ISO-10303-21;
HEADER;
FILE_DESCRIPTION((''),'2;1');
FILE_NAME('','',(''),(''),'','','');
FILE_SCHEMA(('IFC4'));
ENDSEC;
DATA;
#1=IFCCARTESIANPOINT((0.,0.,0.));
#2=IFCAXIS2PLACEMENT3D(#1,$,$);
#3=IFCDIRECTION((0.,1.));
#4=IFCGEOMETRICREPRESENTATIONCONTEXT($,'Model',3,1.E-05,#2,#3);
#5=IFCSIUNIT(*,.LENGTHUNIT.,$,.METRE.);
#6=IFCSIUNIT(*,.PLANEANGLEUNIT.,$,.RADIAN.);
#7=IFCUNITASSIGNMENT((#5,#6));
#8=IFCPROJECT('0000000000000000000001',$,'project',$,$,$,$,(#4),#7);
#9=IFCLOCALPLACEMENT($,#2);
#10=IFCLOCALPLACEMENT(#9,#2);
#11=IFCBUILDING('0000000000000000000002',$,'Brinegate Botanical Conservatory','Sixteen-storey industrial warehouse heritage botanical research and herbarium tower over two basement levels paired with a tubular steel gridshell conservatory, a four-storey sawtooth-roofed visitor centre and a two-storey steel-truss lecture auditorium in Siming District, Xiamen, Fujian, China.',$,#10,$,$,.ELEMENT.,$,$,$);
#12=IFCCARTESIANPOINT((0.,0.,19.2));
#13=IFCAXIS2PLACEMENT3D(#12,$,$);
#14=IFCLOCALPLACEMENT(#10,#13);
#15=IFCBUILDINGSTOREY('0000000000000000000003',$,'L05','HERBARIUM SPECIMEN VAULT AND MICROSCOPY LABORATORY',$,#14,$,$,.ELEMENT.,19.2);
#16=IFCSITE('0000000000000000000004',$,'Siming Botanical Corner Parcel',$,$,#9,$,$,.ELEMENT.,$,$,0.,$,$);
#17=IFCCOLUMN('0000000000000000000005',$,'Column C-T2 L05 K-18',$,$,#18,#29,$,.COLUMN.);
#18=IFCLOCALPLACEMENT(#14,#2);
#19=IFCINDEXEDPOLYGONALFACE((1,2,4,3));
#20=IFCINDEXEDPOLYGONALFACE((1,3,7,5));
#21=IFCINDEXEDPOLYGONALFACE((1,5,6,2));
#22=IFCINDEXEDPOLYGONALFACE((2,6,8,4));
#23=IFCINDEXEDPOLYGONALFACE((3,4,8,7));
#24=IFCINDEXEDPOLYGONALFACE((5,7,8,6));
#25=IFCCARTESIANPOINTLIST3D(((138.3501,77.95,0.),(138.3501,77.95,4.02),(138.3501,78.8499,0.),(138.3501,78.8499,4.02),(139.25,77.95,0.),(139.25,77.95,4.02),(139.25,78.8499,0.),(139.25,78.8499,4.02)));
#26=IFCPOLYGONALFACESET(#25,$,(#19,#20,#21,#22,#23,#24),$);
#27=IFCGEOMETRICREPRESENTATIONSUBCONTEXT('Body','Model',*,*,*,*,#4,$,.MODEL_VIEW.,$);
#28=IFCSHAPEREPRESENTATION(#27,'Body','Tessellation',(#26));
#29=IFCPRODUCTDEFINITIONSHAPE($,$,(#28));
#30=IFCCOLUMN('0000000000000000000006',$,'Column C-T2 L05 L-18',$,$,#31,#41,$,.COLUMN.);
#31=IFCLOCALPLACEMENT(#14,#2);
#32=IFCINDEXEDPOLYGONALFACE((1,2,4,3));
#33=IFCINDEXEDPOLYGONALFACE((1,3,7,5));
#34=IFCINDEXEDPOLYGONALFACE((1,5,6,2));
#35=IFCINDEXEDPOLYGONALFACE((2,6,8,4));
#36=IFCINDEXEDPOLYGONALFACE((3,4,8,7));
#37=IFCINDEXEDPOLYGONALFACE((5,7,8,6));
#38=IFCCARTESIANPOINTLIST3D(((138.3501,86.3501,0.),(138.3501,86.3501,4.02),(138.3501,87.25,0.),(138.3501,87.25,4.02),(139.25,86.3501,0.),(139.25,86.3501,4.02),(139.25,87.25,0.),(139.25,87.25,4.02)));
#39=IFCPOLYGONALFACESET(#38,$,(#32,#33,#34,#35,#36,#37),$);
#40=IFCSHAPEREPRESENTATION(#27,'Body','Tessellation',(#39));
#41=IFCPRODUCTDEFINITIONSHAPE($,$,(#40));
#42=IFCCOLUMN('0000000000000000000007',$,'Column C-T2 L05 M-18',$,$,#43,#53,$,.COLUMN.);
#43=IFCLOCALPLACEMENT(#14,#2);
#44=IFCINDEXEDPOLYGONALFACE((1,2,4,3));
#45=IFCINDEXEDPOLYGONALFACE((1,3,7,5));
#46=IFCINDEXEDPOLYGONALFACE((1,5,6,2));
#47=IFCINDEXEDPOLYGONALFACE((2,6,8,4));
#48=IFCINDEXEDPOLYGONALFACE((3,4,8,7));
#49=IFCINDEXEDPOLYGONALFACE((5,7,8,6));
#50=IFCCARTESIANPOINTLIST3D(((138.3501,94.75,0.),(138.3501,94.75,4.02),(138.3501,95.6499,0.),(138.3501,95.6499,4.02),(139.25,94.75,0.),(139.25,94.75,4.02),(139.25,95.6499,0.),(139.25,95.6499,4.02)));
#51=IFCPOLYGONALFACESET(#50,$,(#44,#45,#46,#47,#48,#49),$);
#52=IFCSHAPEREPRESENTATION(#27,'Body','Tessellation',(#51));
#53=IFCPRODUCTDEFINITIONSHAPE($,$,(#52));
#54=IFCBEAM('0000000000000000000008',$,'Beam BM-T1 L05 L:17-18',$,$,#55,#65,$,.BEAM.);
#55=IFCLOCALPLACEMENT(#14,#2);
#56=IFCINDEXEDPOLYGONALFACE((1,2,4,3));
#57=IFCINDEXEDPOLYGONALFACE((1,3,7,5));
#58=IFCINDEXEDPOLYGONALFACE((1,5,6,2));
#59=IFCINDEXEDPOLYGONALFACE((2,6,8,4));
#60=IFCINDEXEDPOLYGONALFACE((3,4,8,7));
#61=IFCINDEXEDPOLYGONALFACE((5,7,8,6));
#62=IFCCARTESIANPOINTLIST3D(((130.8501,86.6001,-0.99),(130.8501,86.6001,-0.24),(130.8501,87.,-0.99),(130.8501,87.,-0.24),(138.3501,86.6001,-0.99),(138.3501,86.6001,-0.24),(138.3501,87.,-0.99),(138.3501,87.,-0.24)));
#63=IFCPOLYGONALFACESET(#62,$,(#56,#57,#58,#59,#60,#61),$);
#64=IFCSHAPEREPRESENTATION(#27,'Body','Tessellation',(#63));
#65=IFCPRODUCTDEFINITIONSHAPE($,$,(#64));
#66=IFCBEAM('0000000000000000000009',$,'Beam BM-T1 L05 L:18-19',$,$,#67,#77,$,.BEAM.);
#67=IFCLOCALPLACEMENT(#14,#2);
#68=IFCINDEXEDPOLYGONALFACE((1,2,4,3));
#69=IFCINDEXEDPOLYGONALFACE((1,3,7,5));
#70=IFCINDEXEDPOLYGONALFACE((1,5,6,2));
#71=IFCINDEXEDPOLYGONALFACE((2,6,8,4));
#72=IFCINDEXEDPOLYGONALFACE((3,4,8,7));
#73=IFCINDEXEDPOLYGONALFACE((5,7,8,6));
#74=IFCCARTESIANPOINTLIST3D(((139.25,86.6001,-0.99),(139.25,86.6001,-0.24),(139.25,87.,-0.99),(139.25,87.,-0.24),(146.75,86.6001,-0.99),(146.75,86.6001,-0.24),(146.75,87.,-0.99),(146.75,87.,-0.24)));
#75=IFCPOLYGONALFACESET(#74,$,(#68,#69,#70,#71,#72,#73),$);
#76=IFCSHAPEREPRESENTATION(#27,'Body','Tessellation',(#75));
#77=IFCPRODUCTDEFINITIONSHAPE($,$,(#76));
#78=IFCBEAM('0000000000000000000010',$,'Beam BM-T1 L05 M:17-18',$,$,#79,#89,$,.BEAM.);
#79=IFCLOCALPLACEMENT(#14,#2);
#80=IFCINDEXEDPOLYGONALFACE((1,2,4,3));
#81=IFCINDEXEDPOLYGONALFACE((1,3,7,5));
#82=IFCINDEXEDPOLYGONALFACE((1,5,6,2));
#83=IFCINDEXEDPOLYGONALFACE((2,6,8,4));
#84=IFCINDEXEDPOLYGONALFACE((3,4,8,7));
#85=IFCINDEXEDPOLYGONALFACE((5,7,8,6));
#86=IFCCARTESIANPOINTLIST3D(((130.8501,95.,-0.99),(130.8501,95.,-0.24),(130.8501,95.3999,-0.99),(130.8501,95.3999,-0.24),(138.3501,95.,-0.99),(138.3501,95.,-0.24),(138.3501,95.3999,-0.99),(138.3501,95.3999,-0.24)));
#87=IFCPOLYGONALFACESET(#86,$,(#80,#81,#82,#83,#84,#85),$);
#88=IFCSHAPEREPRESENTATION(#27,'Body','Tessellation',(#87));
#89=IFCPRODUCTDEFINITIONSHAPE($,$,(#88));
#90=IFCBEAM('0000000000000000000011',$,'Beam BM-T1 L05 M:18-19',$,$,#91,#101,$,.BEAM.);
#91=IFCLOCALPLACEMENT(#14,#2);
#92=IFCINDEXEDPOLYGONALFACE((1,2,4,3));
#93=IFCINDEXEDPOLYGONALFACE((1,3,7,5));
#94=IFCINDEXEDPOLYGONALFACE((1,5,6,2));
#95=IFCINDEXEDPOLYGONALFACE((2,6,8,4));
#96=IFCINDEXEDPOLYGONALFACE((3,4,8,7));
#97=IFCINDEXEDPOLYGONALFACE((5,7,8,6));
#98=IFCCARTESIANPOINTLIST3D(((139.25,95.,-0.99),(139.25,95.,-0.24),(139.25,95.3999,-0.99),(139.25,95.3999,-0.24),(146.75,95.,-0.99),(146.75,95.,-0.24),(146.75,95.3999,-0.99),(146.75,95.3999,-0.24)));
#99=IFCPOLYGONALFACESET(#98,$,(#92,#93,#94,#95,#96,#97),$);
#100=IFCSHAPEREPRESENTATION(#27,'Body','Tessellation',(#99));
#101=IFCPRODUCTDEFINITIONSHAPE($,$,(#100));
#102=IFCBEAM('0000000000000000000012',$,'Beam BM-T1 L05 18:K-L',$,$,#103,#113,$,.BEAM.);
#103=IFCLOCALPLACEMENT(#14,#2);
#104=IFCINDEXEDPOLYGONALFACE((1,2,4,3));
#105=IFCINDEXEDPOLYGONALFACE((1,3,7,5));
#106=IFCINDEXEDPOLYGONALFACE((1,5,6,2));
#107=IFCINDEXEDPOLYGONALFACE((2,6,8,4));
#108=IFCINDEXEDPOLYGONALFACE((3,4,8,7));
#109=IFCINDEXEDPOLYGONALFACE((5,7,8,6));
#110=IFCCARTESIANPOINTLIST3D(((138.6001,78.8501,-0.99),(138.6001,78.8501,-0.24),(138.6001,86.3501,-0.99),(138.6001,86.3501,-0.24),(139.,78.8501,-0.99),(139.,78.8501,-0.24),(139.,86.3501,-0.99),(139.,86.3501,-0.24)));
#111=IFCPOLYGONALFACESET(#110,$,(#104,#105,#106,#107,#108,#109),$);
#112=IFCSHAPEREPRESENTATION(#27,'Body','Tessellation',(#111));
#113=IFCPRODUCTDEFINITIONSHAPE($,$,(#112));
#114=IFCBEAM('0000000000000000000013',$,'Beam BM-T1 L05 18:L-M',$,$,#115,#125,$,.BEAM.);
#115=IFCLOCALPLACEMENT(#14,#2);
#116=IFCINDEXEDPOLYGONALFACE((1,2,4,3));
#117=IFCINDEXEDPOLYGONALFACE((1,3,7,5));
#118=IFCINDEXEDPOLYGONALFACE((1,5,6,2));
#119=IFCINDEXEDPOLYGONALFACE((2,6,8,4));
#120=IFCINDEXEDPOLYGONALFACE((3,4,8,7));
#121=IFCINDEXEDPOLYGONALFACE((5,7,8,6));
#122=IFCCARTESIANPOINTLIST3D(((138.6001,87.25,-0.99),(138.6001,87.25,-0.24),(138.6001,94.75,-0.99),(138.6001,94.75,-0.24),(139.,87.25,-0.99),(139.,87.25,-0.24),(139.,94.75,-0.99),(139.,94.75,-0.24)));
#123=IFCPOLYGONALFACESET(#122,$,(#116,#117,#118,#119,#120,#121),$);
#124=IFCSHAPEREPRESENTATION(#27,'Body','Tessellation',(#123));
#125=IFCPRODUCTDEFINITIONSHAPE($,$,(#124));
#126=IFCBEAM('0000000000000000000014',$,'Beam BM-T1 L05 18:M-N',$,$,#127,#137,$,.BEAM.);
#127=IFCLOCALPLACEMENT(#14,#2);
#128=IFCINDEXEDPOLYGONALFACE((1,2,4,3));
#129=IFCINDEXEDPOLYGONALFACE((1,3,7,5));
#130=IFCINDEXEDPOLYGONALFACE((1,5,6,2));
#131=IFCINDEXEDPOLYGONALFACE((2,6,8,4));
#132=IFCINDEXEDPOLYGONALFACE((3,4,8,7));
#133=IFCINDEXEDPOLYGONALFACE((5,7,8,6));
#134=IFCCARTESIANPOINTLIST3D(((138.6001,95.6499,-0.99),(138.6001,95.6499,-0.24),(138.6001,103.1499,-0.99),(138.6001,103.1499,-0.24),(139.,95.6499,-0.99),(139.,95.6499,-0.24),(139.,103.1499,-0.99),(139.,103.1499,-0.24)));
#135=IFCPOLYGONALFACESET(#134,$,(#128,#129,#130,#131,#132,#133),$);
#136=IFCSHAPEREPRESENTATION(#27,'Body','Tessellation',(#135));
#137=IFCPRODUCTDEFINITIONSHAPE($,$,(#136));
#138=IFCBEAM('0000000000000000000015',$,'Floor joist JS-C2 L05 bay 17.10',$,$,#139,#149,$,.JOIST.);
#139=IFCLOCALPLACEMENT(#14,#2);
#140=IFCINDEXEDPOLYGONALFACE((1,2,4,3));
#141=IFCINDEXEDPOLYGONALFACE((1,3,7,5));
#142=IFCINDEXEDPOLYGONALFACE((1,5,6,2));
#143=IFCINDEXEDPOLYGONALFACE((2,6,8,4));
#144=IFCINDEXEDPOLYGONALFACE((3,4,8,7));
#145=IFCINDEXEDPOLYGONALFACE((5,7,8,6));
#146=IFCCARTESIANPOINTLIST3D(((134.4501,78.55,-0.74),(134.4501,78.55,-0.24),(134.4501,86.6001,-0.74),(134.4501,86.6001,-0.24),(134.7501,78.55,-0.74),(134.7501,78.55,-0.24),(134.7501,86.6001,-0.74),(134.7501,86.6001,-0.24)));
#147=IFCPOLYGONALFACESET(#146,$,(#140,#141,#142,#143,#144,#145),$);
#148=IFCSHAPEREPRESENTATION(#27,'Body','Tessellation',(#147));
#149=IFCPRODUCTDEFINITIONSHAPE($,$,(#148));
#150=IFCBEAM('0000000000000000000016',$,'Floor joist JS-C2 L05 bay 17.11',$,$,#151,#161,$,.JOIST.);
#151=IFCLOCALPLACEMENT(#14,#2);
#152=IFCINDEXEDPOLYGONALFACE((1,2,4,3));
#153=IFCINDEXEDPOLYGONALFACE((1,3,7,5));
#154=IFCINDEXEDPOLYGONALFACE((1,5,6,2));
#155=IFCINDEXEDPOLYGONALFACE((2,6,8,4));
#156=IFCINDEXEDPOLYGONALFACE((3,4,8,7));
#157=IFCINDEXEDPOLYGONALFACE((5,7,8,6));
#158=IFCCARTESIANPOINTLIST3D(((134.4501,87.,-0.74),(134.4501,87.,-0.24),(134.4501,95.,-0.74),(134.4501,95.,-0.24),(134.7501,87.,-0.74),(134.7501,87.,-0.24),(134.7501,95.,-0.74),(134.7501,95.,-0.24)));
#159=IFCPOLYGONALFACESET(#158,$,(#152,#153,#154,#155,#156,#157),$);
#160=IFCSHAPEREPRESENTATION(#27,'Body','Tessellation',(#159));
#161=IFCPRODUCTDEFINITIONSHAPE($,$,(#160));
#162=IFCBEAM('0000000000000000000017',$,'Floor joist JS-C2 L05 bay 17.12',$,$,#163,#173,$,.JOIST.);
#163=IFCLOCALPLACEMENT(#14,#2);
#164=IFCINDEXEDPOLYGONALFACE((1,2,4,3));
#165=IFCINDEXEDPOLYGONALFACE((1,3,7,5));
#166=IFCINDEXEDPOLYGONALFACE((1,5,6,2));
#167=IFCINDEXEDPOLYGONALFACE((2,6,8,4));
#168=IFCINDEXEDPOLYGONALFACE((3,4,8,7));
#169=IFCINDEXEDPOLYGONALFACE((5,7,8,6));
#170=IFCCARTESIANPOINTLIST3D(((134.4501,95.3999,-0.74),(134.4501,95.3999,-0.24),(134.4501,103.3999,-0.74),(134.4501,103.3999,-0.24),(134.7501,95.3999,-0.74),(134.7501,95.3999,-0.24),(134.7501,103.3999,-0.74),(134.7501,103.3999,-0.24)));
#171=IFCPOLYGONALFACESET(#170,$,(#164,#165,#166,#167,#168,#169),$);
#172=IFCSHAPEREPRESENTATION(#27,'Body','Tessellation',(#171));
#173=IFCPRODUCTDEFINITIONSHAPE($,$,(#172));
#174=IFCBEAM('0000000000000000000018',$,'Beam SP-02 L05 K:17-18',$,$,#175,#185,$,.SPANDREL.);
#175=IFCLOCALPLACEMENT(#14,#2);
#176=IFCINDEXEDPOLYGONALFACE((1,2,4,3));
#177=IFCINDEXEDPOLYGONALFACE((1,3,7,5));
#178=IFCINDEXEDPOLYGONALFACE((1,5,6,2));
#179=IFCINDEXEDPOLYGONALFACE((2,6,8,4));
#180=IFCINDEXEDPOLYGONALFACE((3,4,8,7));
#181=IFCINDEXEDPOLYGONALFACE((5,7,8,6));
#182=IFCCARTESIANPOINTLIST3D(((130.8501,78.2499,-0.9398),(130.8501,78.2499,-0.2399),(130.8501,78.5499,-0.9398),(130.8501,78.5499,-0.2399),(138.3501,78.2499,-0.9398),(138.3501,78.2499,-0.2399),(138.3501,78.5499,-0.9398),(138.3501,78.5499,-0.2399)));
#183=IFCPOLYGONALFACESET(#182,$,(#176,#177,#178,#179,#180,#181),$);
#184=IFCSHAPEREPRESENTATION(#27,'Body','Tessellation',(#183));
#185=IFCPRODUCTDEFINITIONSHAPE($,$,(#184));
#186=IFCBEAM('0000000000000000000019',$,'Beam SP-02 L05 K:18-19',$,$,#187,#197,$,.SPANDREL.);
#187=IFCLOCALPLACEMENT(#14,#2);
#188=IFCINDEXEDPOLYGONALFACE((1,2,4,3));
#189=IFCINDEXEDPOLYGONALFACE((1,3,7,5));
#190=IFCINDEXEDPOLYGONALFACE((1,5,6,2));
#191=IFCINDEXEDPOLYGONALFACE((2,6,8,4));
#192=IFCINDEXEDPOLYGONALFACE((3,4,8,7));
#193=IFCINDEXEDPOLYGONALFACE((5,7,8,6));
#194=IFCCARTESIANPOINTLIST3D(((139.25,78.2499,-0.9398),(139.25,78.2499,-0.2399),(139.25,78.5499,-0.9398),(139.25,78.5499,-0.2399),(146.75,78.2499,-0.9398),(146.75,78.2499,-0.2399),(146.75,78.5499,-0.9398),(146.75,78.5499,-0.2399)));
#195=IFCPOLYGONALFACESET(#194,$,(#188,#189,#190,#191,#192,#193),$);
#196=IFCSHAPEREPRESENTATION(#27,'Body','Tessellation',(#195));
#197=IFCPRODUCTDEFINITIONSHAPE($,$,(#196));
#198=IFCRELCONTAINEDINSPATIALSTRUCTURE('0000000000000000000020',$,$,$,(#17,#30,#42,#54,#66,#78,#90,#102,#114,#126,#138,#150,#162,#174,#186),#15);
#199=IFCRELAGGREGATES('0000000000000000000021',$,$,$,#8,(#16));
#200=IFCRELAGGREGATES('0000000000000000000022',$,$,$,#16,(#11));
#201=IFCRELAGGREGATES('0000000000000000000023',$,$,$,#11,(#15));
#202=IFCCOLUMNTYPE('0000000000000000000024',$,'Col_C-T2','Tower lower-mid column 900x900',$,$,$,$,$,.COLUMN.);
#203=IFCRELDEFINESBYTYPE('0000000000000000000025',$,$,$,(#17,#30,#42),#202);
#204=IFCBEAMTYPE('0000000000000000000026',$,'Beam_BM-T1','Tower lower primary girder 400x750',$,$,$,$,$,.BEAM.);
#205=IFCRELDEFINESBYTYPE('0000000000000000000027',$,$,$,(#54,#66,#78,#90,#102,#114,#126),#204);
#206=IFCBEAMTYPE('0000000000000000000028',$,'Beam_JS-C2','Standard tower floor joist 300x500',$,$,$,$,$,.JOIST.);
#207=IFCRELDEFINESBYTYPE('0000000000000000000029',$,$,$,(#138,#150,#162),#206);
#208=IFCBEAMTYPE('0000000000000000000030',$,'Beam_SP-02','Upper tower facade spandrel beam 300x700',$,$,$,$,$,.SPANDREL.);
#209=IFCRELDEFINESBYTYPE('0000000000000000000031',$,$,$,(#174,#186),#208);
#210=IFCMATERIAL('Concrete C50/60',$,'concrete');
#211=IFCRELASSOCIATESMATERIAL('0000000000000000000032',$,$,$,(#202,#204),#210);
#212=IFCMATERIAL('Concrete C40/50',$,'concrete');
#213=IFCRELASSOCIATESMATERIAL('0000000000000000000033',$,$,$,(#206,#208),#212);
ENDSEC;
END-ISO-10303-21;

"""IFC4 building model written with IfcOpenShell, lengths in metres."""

from ifc_helpers import new_model, si_unit, direction, frame, origin, origin_2d, place, context, subcontext, project, spatial, rectangle, extrude, material, material_profile, profile_set, type_object, element, save


model = new_model("IFC4")

# Units and contexts
model_context = context("Model", 3, precision=1e-05, world=origin(), true_north=direction((0.0, 1.0)))
body_context = subcontext(model_context, "Body", "Model", "MODEL_VIEW")
ifc_project = project(units=[si_unit("LENGTHUNIT", "METRE"), si_unit("PLANEANGLEUNIT", "RADIAN")], contexts=[model_context])

# Site, building, storey
site_placement = place(None, origin())
site = spatial("IfcSite", under=ifc_project, at=site_placement, Name="Siming Botanical Corner Parcel", CompositionType="ELEMENT", RefElevation=0.0)
building_placement = place(site_placement, origin())
building = spatial("IfcBuilding", under=site, at=building_placement, Name="Brinegate Botanical Conservatory", Description="Sixteen-storey industrial warehouse heritage botanical research and herbarium tower over two basement levels paired with a tubular steel gridshell conservatory, a four-storey sawtooth-roofed visitor centre and a two-storey steel-truss lecture auditorium in Siming District, Xiamen, Fujian, China.", CompositionType="ELEMENT")
storey_placement = place(building_placement, frame((0.0, 0.0, 19.2)))
storey = spatial("IfcBuildingStorey", under=building, at=storey_placement, Name="L05", Description="HERBARIUM SPECIMEN VAULT AND MICROSCOPY LABORATORY", CompositionType="ELEMENT", Elevation=19.2)

# Columns
ifc_material_1 = material(Name="Concrete C50/60", Category="concrete")
ifc_material_profile_1 = material_profile(ifc_material_1, rectangle(XDim=0.8999, YDim=0.8999, at=origin_2d()), Name="RC COL 900x900")
ifc_profile_set_1 = profile_set([ifc_material_profile_1], Name="Concrete C50/60")
column_type = type_object("IfcColumnType", Name="Col_C-T2", Description="Tower lower-mid column 900x900", PredefinedType="COLUMN", material=ifc_profile_set_1)
for number, where, z_axis, x_axis, name in (
    (1, (138.8, 78.3999, 0.0), (0.0, 0.0, 1.0), (1.0, 0.0, 0.0), "Column C-T2 L05 K-18"),
    (2, (138.8, 86.8, 0.0), (0.0, 0.0, 1.0), (1.0, 0.0, 0.0), "Column C-T2 L05 L-18"),
    (3, (138.8, 95.2, 0.0), (0.0, 0.0, 1.0), (1.0, 0.0, 0.0), "Column C-T2 L05 M-18"),
):
    element("IfcColumn", number, at=place(storey_placement, frame(where, z_axis=z_axis, x_axis=x_axis)), inside=storey, type_object=column_type, Name=name, PredefinedType="COLUMN", context=body_context, shape_type="SweptSolid", body=[
        extrude(rectangle(XDim=0.8999, YDim=0.8999, at=origin_2d()), origin(), (0.0, 0.0, 1.0), 4.02),
    ])

# Beams
ifc_material_profile_2 = material_profile(ifc_material_1, rectangle(XDim=0.3999, YDim=0.75, at=origin_2d()), Name="RC BM 400x750")
ifc_profile_set_2 = profile_set([ifc_material_profile_2], Name="Concrete C50/60")
beam_type_1 = type_object("IfcBeamType", Name="Beam_BM-T1", Description="Tower lower primary girder 400x750", PredefinedType="BEAM", material=ifc_profile_set_2)
for number, where, z_axis, x_axis, name in (
    (4, (130.8501, 86.8, -0.615), (1.0, 0.0, 0.0), (0.0, 1.0, 0.0), "Beam BM-T1 L05 L:17-18"),
    (5, (139.25, 86.8, -0.615), (1.0, 0.0, 0.0), (0.0, 1.0, 0.0), "Beam BM-T1 L05 L:18-19"),
    (6, (130.8501, 95.2, -0.615), (1.0, 0.0, 0.0), (0.0, 1.0, 0.0), "Beam BM-T1 L05 M:17-18"),
    (7, (139.25, 95.2, -0.615), (1.0, 0.0, 0.0), (0.0, 1.0, 0.0), "Beam BM-T1 L05 M:18-19"),
    (8, (138.8, 78.8501, -0.615), (0.0, 1.0, 0.0), (-1.0, 0.0, 0.0), "Beam BM-T1 L05 18:K-L"),
    (9, (138.8, 87.25, -0.615), (0.0, 1.0, 0.0), (-1.0, 0.0, 0.0), "Beam BM-T1 L05 18:L-M"),
    (10, (138.8, 95.6499, -0.615), (0.0, 1.0, 0.0), (-1.0, 0.0, 0.0), "Beam BM-T1 L05 18:M-N"),
):
    element("IfcBeam", number, at=place(storey_placement, frame(where, z_axis=z_axis, x_axis=x_axis)), inside=storey, type_object=beam_type_1, Name=name, PredefinedType="BEAM", context=body_context, shape_type="SweptSolid", body=[
        extrude(rectangle(XDim=0.3999, YDim=0.75, at=origin_2d()), origin(), (0.0, 0.0, 1.0), 7.5),
    ])
ifc_material_2 = material(Name="Concrete C40/50", Category="concrete")
ifc_material_profile_3 = material_profile(ifc_material_2, rectangle(XDim=0.3, YDim=0.5, at=origin_2d()), Name="RC JST 300x500")
ifc_profile_set_3 = profile_set([ifc_material_profile_3], Name="Concrete C40/50")
beam_type_2 = type_object("IfcBeamType", Name="Beam_JS-C2", Description="Standard tower floor joist 300x500", PredefinedType="JOIST", material=ifc_profile_set_3)
beam_placement = place(storey_placement, frame((134.6001, 78.55, -0.49), z_axis=(0.0, 1.0, 0.0), x_axis=(-1.0, 0.0, 0.0)))
element("IfcBeam", 11, at=beam_placement, inside=storey, type_object=beam_type_2, Name="Floor joist JS-C2 L05 bay 17.10", PredefinedType="JOIST", context=body_context, shape_type="SweptSolid", body=[
    extrude(rectangle(XDim=0.3, YDim=0.5, at=origin_2d()), origin(), (0.0, 0.0, 1.0), 8.05),
])
for number, where, z_axis, x_axis, name in (
    (12, (134.6001, 87.0, -0.49), (0.0, 1.0, 0.0), (-1.0, 0.0, 0.0), "Floor joist JS-C2 L05 bay 17.11"),
    (13, (134.6001, 95.3999, -0.49), (0.0, 1.0, 0.0), (-1.0, 0.0, 0.0), "Floor joist JS-C2 L05 bay 17.12"),
):
    element("IfcBeam", number, at=place(storey_placement, frame(where, z_axis=z_axis, x_axis=x_axis)), inside=storey, type_object=beam_type_2, Name=name, PredefinedType="JOIST", context=body_context, shape_type="SweptSolid", body=[
        extrude(rectangle(XDim=0.3, YDim=0.5, at=origin_2d()), origin(), (0.0, 0.0, 1.0), 8.0),
    ])
ifc_material_profile_4 = material_profile(ifc_material_2, rectangle(XDim=0.3, YDim=0.7, at=origin_2d()), Name="RC SPN 300x700")
ifc_profile_set_4 = profile_set([ifc_material_profile_4], Name="Concrete C40/50")
beam_type_3 = type_object("IfcBeamType", Name="Beam_SP-02", Description="Upper tower facade spandrel beam 300x700", PredefinedType="SPANDREL", material=ifc_profile_set_4)
for number, where, z_axis, x_axis, name in (
    (14, (130.8501, 78.3999, -0.5898), (1.0, 0.0, 0.0), (0.0, 1.0, 0.0), "Beam SP-02 L05 K:17-18"),
    (15, (139.25, 78.3999, -0.5898), (1.0, 0.0, 0.0), (0.0, 1.0, 0.0), "Beam SP-02 L05 K:18-19"),
):
    element("IfcBeam", number, at=place(storey_placement, frame(where, z_axis=z_axis, x_axis=x_axis)), inside=storey, type_object=beam_type_3, Name=name, PredefinedType="SPANDREL", context=body_context, shape_type="SweptSolid", body=[
        extrude(rectangle(XDim=0.3, YDim=0.7, at=origin_2d()), origin(), (0.0, 0.0, 1.0), 7.5),
    ])

save(model, "model.ifc")
